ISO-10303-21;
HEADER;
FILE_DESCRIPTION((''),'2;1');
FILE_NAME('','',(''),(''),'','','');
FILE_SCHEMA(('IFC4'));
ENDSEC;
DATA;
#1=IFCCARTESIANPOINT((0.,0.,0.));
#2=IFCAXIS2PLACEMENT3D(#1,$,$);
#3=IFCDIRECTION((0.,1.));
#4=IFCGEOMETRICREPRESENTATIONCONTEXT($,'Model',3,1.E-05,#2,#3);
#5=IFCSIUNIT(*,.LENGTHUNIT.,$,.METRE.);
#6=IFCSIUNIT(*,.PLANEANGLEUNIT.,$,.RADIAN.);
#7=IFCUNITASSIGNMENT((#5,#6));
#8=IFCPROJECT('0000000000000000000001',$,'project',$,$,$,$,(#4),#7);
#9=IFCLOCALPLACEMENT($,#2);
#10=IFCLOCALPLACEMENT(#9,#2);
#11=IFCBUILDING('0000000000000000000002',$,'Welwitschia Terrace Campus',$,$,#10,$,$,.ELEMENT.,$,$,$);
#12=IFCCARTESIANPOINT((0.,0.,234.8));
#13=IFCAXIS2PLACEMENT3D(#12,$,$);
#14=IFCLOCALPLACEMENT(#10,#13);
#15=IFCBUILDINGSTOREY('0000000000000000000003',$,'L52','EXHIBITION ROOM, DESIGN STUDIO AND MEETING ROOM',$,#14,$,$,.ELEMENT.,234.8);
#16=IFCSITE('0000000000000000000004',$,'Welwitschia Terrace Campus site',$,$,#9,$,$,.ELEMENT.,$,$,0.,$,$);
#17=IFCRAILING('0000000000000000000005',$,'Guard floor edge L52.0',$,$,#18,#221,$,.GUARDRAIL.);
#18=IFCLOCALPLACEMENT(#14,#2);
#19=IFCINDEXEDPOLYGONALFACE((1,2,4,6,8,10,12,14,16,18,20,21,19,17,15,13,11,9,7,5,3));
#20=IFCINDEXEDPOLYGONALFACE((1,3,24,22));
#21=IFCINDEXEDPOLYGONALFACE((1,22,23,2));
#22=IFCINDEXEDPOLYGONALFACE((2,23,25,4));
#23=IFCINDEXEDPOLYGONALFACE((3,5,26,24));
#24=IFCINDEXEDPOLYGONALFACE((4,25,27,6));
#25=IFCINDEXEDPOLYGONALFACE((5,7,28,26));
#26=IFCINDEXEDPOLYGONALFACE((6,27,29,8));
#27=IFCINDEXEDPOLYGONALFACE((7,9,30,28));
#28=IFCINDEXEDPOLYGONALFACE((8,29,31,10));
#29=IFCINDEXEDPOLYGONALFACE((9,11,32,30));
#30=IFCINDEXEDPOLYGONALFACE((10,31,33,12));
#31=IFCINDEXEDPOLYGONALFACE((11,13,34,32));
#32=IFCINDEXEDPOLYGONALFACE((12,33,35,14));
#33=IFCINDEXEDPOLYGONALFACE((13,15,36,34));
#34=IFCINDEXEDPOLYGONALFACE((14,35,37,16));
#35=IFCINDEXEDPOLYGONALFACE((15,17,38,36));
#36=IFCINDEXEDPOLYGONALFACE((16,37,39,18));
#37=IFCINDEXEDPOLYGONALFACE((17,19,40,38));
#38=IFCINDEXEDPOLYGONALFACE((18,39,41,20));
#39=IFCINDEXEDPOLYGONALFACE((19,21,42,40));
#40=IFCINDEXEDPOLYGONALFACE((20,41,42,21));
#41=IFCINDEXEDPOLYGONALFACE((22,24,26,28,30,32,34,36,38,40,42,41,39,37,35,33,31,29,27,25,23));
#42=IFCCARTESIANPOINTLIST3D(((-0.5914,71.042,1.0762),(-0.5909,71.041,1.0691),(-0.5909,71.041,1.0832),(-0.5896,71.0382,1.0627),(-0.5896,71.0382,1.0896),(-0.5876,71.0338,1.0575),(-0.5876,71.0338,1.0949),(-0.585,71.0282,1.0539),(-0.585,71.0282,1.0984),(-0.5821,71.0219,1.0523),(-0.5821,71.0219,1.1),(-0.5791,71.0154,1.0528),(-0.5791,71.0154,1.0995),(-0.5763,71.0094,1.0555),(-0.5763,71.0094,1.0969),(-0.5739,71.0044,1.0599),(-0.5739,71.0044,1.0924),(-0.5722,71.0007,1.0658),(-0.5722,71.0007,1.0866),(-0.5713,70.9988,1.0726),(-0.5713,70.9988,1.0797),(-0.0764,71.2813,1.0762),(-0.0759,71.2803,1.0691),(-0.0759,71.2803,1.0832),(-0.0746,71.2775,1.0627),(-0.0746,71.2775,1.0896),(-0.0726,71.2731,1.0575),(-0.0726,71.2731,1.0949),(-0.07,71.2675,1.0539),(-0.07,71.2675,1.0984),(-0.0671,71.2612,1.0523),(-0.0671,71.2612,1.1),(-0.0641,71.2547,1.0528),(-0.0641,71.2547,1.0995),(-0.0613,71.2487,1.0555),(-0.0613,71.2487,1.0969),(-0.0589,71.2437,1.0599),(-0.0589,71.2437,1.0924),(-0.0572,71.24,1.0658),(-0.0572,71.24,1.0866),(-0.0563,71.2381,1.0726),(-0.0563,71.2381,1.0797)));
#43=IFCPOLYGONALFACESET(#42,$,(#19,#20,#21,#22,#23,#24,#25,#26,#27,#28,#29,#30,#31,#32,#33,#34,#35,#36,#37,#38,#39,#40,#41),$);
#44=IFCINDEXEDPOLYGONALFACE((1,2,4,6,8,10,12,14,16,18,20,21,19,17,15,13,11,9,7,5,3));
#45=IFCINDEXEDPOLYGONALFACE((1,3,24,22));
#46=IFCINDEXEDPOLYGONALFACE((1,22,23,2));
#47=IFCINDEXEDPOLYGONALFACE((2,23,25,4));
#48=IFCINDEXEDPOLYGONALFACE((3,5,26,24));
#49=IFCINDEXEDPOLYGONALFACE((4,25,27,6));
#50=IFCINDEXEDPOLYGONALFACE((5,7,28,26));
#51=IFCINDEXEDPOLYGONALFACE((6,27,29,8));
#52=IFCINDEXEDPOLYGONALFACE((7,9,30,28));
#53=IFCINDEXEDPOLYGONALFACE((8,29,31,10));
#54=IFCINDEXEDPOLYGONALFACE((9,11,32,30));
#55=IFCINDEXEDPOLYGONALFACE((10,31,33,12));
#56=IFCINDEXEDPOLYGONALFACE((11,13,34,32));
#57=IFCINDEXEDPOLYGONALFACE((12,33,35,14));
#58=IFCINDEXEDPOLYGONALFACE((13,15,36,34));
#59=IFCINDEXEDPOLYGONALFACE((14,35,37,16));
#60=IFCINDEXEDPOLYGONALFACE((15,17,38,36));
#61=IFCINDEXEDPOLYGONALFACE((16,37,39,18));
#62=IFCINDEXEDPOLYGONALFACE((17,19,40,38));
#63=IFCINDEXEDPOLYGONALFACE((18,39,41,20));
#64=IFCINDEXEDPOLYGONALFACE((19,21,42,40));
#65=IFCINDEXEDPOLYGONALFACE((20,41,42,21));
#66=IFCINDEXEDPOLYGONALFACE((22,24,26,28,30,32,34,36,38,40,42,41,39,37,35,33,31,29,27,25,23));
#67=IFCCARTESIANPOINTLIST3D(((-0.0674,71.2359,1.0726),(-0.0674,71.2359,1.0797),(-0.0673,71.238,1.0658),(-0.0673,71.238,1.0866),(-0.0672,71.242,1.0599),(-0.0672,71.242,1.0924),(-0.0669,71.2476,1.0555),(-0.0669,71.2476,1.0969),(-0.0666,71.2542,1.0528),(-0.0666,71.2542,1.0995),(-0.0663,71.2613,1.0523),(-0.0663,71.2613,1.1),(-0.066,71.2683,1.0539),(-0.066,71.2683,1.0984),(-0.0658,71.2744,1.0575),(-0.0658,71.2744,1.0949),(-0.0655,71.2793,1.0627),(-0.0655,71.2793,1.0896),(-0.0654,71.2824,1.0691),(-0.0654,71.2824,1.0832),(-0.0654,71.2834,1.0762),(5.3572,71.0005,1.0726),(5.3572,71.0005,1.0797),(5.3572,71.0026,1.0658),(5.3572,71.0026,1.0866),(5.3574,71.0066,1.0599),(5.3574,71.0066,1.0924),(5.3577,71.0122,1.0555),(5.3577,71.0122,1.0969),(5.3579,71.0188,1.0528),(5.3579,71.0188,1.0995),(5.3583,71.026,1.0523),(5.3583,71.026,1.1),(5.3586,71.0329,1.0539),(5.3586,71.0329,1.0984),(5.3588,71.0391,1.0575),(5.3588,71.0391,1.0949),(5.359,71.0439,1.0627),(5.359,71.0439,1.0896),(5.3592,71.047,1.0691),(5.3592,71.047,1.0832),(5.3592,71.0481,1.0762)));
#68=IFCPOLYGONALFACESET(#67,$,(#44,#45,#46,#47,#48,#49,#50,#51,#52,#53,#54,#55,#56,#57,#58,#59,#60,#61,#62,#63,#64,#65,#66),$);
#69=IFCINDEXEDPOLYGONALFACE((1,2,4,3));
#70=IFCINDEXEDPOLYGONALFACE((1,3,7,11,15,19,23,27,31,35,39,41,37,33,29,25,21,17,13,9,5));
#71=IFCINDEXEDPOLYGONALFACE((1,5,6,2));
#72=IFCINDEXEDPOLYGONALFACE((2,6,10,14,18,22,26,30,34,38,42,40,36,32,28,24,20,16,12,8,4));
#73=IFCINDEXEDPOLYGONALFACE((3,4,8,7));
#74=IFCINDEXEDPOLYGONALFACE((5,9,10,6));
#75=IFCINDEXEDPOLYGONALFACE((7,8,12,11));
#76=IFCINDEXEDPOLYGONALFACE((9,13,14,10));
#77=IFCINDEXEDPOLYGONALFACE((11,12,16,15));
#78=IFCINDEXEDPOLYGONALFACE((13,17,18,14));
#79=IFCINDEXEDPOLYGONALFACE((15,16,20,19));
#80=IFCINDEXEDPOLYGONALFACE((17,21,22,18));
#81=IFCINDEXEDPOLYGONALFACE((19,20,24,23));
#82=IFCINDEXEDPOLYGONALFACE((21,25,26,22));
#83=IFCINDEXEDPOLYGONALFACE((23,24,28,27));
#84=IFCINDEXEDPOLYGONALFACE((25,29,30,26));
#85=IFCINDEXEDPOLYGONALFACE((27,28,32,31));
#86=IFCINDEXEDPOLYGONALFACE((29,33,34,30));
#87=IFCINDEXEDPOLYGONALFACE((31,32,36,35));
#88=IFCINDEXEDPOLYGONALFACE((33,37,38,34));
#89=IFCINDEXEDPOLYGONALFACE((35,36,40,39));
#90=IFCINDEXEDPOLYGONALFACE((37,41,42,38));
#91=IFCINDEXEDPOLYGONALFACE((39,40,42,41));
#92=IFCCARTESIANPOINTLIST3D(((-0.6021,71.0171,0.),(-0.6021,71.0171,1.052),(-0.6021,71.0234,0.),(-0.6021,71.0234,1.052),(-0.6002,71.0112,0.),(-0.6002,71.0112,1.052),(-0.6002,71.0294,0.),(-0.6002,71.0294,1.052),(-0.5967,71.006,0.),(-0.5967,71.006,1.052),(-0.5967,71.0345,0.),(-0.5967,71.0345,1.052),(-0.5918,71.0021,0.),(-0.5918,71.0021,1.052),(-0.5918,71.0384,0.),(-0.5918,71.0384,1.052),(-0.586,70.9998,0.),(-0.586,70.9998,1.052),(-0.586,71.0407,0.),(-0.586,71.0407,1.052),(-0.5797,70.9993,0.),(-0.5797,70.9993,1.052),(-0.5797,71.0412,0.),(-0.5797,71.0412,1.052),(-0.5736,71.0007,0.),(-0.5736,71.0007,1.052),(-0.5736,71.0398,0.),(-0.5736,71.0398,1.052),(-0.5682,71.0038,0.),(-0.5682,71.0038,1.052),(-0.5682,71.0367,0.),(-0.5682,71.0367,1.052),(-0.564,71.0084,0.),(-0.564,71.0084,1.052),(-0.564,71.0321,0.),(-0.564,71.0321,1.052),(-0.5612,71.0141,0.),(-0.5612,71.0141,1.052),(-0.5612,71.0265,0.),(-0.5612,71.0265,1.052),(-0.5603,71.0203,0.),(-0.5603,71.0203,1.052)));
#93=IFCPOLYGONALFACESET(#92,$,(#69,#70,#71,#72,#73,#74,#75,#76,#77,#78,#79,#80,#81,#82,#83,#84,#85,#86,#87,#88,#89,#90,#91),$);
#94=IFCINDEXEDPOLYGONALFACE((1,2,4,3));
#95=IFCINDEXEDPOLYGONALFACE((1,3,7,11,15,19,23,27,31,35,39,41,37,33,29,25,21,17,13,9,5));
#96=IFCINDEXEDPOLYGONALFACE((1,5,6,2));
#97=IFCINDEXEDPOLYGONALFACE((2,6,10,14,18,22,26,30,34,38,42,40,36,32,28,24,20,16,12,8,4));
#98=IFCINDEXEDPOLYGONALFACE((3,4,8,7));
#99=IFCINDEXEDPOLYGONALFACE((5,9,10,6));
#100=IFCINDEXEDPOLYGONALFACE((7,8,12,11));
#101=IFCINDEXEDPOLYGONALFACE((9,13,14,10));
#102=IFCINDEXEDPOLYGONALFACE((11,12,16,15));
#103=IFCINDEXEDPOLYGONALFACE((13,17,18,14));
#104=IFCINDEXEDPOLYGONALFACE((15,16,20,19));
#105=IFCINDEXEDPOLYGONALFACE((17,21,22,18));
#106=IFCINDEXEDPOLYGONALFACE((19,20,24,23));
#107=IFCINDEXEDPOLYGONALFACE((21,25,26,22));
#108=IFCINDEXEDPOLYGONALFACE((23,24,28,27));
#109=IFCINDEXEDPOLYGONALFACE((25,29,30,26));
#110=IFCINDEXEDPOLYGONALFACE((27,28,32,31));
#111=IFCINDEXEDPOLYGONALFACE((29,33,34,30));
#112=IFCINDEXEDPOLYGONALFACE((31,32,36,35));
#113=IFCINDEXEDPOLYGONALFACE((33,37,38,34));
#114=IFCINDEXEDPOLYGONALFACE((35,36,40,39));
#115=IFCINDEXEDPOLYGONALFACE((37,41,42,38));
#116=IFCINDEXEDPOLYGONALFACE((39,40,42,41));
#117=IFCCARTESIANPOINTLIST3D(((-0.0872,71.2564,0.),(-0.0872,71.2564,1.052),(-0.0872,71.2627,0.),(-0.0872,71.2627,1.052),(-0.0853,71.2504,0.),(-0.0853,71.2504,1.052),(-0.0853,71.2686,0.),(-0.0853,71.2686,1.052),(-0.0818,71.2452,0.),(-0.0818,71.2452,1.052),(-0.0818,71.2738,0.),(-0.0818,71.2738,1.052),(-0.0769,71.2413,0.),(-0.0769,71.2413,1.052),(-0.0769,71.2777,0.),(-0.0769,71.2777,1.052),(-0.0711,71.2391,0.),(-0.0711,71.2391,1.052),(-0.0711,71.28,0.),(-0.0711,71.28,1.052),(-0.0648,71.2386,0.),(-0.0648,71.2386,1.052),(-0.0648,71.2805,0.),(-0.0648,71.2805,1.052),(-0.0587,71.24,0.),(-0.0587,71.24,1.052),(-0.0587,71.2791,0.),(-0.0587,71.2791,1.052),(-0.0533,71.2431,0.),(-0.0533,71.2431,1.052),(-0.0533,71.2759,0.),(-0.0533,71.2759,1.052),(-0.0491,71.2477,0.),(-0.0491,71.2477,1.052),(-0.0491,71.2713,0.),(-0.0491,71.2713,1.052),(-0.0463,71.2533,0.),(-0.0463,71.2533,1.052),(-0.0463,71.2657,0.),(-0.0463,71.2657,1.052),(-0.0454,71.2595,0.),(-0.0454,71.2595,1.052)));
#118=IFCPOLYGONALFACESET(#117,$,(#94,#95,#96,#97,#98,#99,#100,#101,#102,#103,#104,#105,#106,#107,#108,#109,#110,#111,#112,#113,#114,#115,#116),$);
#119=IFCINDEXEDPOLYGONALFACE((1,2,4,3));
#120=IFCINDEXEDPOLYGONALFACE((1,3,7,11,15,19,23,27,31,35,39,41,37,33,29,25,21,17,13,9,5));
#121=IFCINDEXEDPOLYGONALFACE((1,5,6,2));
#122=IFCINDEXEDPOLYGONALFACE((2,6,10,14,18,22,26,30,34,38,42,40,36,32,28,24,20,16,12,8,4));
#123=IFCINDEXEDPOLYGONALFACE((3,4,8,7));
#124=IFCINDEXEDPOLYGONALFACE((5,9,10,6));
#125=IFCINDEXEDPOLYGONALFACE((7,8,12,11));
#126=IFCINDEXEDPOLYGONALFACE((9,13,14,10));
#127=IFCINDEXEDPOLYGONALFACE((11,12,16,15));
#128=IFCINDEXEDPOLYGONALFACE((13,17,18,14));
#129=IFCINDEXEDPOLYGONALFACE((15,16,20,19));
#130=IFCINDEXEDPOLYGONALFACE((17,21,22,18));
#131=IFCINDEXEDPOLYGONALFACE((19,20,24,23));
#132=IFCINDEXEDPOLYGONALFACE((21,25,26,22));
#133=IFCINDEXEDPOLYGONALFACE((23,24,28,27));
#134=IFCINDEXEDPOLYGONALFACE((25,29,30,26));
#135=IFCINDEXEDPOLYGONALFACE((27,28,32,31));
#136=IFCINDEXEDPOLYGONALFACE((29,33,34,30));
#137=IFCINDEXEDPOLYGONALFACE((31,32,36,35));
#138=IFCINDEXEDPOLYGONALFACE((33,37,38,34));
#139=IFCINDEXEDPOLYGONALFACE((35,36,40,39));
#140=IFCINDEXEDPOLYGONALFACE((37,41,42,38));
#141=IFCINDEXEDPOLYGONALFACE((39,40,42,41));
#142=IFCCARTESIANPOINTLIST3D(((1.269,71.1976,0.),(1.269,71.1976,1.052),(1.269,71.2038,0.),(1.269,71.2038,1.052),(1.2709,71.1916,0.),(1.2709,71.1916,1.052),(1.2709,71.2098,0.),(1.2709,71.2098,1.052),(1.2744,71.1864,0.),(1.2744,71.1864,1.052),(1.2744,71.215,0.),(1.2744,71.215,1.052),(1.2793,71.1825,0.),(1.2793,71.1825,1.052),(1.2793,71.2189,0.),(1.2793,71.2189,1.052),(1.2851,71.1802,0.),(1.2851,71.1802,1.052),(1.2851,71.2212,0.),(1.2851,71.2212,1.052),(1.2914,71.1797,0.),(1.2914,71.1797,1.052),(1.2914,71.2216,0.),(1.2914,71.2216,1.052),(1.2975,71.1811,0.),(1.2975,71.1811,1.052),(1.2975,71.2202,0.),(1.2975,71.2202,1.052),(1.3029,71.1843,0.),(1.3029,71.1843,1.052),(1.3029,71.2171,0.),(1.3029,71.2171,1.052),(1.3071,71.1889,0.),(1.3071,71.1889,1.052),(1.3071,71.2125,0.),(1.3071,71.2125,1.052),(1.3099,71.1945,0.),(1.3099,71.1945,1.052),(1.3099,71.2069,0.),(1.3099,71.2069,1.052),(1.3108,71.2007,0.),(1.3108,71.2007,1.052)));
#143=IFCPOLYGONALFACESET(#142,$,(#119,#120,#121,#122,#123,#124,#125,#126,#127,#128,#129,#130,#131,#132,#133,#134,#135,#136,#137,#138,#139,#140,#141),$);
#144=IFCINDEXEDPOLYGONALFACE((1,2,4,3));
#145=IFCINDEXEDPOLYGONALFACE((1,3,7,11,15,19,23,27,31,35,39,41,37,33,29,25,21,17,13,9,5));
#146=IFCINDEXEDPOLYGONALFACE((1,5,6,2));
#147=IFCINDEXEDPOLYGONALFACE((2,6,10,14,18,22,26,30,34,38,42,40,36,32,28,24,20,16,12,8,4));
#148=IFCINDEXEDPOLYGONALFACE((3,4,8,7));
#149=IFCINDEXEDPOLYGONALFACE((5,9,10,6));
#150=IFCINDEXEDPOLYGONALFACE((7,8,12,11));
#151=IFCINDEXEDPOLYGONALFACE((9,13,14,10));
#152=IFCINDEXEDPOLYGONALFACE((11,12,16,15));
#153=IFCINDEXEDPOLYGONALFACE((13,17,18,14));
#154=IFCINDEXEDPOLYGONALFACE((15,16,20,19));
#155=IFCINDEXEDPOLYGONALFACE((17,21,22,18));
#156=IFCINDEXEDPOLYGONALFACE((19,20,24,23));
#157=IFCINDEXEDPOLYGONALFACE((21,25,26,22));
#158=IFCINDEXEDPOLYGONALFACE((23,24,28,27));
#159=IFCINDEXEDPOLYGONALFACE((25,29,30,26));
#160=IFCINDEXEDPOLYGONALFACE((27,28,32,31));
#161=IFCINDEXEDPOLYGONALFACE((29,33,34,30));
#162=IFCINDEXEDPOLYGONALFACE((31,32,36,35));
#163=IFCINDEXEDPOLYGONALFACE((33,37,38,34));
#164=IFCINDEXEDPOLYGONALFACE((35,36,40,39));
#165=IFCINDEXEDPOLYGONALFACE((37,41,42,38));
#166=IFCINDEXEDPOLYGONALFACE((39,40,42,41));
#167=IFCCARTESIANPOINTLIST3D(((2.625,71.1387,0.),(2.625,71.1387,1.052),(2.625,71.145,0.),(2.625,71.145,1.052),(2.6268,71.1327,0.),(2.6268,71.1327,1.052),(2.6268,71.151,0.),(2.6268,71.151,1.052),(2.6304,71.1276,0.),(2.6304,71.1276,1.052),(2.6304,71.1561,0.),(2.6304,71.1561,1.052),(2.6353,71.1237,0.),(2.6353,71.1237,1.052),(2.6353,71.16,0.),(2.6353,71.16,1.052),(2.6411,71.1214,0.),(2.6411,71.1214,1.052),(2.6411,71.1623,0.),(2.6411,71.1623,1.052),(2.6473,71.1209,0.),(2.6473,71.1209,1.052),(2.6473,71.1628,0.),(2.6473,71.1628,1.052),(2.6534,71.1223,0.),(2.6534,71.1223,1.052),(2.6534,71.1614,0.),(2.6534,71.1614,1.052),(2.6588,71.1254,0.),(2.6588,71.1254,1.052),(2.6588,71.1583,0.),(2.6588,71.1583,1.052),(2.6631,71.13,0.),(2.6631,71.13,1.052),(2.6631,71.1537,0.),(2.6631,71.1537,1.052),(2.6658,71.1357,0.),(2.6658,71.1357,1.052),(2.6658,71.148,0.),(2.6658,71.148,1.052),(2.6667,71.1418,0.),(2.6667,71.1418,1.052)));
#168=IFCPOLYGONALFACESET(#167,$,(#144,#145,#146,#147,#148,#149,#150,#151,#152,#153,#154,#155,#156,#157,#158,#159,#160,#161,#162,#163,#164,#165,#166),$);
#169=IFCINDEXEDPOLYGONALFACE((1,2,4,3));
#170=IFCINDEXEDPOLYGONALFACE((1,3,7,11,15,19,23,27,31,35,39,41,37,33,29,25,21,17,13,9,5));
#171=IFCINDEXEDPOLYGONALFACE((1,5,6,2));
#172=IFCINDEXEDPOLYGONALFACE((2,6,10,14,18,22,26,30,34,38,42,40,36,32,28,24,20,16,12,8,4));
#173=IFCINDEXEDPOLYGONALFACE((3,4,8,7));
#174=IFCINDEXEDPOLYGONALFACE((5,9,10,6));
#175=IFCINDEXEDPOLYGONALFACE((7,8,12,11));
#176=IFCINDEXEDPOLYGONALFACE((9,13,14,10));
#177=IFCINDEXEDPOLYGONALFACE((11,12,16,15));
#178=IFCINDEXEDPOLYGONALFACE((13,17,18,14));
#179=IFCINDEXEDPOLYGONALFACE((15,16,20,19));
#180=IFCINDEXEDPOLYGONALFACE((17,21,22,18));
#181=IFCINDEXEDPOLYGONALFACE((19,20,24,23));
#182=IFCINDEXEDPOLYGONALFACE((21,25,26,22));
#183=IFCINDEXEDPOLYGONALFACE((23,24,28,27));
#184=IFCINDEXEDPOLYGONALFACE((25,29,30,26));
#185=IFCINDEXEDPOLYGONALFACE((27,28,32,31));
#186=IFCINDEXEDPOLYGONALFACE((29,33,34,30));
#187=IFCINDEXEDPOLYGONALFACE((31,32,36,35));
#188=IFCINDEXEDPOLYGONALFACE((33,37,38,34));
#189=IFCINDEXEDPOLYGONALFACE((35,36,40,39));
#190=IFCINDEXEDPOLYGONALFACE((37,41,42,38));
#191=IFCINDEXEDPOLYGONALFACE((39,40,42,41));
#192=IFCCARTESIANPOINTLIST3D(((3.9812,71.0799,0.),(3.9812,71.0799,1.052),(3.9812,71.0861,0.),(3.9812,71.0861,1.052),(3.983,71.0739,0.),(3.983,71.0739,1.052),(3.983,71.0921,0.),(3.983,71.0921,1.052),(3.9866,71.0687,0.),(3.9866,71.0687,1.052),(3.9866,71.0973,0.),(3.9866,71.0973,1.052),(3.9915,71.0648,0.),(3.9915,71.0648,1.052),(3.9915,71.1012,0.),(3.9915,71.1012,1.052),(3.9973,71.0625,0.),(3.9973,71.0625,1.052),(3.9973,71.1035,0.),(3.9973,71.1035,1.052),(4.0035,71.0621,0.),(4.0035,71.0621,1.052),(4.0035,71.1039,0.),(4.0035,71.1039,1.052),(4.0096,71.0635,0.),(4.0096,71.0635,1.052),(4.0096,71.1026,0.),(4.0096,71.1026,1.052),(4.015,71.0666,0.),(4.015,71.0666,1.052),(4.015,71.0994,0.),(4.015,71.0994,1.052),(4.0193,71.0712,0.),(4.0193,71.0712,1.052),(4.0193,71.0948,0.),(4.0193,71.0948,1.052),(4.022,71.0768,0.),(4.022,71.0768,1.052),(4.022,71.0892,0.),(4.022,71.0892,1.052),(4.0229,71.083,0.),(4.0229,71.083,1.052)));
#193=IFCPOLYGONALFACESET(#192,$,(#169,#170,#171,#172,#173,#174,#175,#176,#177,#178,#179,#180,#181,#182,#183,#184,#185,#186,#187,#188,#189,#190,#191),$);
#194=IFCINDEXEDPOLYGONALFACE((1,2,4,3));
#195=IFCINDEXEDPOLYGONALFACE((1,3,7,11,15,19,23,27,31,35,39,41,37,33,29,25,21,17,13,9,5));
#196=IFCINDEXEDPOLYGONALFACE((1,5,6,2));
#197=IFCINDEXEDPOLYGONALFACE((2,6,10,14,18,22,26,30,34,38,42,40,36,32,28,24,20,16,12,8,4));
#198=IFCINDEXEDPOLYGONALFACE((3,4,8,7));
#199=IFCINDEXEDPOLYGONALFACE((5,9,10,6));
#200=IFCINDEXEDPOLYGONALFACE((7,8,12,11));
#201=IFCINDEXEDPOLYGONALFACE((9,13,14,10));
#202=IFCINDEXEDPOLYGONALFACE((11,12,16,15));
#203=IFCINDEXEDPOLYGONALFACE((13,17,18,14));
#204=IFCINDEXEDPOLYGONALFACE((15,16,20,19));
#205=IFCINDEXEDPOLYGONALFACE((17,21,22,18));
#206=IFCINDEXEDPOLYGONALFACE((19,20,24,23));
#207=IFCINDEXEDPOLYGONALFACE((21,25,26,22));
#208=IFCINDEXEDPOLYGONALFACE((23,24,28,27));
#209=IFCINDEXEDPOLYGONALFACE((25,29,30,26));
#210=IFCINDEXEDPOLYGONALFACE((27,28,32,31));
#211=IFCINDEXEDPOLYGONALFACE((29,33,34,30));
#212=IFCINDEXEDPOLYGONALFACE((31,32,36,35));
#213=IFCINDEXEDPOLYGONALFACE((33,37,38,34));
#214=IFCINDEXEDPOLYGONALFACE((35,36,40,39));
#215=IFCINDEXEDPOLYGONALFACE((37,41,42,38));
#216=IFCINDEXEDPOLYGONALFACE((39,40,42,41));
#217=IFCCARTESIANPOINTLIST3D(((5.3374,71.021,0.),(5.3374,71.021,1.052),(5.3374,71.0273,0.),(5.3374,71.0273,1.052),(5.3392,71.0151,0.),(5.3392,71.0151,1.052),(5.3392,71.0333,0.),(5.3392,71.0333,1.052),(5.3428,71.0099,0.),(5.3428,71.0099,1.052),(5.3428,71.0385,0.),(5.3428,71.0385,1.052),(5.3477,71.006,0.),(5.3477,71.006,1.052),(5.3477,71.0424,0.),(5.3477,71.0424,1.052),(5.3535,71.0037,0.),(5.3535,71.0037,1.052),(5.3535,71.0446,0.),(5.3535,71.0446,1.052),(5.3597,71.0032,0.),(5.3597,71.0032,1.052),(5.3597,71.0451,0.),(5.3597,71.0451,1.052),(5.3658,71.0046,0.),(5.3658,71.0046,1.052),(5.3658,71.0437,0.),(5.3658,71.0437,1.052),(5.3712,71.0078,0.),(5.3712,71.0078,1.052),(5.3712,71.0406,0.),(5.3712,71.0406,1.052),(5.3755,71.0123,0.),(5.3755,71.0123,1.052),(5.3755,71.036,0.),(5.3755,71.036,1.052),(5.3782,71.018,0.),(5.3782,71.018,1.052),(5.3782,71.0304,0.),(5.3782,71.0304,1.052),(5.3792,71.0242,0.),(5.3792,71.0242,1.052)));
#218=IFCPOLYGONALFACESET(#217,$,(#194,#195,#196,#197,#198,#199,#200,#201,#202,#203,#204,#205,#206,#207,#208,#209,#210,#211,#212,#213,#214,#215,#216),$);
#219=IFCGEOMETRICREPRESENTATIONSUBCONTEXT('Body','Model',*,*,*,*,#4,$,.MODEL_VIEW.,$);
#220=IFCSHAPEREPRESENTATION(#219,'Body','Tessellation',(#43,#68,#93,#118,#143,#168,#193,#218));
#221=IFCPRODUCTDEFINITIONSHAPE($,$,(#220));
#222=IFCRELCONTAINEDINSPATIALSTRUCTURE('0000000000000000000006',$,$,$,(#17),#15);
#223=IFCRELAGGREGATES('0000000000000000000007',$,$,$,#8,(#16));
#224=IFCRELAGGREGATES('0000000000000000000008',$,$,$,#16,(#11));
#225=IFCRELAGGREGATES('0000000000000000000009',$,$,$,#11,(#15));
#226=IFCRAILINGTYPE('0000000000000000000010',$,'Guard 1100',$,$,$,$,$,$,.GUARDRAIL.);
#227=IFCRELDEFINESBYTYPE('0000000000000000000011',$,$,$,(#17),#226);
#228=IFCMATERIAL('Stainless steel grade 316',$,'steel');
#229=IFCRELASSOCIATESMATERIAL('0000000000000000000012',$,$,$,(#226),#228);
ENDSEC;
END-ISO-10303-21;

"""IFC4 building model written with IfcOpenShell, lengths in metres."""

from ifc_helpers import new_model, si_unit, direction, frame, origin, origin_2d, place, context, subcontext, project, spatial, circle, extrude, material, type_object, element, save


model = new_model("IFC4")

# Units and contexts
model_context = context("Model", 3, precision=1e-05, world=origin(), true_north=direction((0.0, 1.0)))
body_context = subcontext(model_context, "Body", "Model", "MODEL_VIEW")
ifc_project = project(units=[si_unit("LENGTHUNIT", "METRE"), si_unit("PLANEANGLEUNIT", "RADIAN")], contexts=[model_context])

# Site, building, storey
site_placement = place(None, origin())
site = spatial("IfcSite", under=ifc_project, at=site_placement, Name="Welwitschia Terrace Campus site", CompositionType="ELEMENT", RefElevation=0.0)
building_placement = place(site_placement, origin())
building = spatial("IfcBuilding", under=site, at=building_placement, Name="Welwitschia Terrace Campus", CompositionType="ELEMENT")
storey_placement = place(building_placement, frame((0.0, 0.0, 234.8)))
storey = spatial("IfcBuildingStorey", under=building, at=storey_placement, Name="L52", Description="EXHIBITION ROOM, DESIGN STUDIO AND MEETING ROOM", CompositionType="ELEMENT", Elevation=234.8)

# Railing
ifc_material_1 = material(Name="Stainless steel grade 316", Category="steel")
railing_type = type_object("IfcRailingType", Name="Guard 1100", PredefinedType="GUARDRAIL", material=ifc_material_1)
railing_1_placement = place(storey_placement, frame((-0.5813, 71.0203, 0.0)))
element("IfcRailing", 1, at=railing_1_placement, inside=storey, type_object=railing_type, Name="Guard floor edge L52.0", PredefinedType="GUARDRAIL", context=body_context, shape_type="SweptSolid", body=[
    extrude(circle(Radius=0.0239, at=origin_2d()), frame((0.0, 0.0, 1.0762), z_axis=(0.906874, 0.421402, 0.0), x_axis=(-0.421402, 0.906874, 0.0)), (0.0, 0.0, 1.0), 0.5679),
    extrude(circle(Radius=0.0239, at=origin_2d()), frame((0.5149, 0.2393, 1.0762), z_axis=(0.99906, -0.043346, 0.0), x_axis=(0.043346, 0.99906, 0.0)), (0.0, 0.0, 1.0), 5.4297),
    extrude(circle(Radius=0.021, at=origin_2d()), origin(), (0.0, 0.0, 1.0), 1.052),
    extrude(circle(Radius=0.021, at=origin_2d()), frame((0.5149, 0.2393, 0.0)), (0.0, 0.0, 1.0), 1.052),
    extrude(circle(Radius=0.021, at=origin_2d()), frame((1.8711, 0.1804, 0.0)), (0.0, 0.0, 1.0), 1.052),
    extrude(circle(Radius=0.021, at=origin_2d()), frame((3.2271, 0.1216, 0.0)), (0.0, 0.0, 1.0), 1.052),
    extrude(circle(Radius=0.021, at=origin_2d()), frame((4.5833, 0.0627, 0.0)), (0.0, 0.0, 1.0), 1.052),
    extrude(circle(Radius=0.021, at=origin_2d()), frame((5.9395, 0.0039, 0.0)), (0.0, 0.0, 1.0), 1.052),
])

save(model, "model.ifc")
